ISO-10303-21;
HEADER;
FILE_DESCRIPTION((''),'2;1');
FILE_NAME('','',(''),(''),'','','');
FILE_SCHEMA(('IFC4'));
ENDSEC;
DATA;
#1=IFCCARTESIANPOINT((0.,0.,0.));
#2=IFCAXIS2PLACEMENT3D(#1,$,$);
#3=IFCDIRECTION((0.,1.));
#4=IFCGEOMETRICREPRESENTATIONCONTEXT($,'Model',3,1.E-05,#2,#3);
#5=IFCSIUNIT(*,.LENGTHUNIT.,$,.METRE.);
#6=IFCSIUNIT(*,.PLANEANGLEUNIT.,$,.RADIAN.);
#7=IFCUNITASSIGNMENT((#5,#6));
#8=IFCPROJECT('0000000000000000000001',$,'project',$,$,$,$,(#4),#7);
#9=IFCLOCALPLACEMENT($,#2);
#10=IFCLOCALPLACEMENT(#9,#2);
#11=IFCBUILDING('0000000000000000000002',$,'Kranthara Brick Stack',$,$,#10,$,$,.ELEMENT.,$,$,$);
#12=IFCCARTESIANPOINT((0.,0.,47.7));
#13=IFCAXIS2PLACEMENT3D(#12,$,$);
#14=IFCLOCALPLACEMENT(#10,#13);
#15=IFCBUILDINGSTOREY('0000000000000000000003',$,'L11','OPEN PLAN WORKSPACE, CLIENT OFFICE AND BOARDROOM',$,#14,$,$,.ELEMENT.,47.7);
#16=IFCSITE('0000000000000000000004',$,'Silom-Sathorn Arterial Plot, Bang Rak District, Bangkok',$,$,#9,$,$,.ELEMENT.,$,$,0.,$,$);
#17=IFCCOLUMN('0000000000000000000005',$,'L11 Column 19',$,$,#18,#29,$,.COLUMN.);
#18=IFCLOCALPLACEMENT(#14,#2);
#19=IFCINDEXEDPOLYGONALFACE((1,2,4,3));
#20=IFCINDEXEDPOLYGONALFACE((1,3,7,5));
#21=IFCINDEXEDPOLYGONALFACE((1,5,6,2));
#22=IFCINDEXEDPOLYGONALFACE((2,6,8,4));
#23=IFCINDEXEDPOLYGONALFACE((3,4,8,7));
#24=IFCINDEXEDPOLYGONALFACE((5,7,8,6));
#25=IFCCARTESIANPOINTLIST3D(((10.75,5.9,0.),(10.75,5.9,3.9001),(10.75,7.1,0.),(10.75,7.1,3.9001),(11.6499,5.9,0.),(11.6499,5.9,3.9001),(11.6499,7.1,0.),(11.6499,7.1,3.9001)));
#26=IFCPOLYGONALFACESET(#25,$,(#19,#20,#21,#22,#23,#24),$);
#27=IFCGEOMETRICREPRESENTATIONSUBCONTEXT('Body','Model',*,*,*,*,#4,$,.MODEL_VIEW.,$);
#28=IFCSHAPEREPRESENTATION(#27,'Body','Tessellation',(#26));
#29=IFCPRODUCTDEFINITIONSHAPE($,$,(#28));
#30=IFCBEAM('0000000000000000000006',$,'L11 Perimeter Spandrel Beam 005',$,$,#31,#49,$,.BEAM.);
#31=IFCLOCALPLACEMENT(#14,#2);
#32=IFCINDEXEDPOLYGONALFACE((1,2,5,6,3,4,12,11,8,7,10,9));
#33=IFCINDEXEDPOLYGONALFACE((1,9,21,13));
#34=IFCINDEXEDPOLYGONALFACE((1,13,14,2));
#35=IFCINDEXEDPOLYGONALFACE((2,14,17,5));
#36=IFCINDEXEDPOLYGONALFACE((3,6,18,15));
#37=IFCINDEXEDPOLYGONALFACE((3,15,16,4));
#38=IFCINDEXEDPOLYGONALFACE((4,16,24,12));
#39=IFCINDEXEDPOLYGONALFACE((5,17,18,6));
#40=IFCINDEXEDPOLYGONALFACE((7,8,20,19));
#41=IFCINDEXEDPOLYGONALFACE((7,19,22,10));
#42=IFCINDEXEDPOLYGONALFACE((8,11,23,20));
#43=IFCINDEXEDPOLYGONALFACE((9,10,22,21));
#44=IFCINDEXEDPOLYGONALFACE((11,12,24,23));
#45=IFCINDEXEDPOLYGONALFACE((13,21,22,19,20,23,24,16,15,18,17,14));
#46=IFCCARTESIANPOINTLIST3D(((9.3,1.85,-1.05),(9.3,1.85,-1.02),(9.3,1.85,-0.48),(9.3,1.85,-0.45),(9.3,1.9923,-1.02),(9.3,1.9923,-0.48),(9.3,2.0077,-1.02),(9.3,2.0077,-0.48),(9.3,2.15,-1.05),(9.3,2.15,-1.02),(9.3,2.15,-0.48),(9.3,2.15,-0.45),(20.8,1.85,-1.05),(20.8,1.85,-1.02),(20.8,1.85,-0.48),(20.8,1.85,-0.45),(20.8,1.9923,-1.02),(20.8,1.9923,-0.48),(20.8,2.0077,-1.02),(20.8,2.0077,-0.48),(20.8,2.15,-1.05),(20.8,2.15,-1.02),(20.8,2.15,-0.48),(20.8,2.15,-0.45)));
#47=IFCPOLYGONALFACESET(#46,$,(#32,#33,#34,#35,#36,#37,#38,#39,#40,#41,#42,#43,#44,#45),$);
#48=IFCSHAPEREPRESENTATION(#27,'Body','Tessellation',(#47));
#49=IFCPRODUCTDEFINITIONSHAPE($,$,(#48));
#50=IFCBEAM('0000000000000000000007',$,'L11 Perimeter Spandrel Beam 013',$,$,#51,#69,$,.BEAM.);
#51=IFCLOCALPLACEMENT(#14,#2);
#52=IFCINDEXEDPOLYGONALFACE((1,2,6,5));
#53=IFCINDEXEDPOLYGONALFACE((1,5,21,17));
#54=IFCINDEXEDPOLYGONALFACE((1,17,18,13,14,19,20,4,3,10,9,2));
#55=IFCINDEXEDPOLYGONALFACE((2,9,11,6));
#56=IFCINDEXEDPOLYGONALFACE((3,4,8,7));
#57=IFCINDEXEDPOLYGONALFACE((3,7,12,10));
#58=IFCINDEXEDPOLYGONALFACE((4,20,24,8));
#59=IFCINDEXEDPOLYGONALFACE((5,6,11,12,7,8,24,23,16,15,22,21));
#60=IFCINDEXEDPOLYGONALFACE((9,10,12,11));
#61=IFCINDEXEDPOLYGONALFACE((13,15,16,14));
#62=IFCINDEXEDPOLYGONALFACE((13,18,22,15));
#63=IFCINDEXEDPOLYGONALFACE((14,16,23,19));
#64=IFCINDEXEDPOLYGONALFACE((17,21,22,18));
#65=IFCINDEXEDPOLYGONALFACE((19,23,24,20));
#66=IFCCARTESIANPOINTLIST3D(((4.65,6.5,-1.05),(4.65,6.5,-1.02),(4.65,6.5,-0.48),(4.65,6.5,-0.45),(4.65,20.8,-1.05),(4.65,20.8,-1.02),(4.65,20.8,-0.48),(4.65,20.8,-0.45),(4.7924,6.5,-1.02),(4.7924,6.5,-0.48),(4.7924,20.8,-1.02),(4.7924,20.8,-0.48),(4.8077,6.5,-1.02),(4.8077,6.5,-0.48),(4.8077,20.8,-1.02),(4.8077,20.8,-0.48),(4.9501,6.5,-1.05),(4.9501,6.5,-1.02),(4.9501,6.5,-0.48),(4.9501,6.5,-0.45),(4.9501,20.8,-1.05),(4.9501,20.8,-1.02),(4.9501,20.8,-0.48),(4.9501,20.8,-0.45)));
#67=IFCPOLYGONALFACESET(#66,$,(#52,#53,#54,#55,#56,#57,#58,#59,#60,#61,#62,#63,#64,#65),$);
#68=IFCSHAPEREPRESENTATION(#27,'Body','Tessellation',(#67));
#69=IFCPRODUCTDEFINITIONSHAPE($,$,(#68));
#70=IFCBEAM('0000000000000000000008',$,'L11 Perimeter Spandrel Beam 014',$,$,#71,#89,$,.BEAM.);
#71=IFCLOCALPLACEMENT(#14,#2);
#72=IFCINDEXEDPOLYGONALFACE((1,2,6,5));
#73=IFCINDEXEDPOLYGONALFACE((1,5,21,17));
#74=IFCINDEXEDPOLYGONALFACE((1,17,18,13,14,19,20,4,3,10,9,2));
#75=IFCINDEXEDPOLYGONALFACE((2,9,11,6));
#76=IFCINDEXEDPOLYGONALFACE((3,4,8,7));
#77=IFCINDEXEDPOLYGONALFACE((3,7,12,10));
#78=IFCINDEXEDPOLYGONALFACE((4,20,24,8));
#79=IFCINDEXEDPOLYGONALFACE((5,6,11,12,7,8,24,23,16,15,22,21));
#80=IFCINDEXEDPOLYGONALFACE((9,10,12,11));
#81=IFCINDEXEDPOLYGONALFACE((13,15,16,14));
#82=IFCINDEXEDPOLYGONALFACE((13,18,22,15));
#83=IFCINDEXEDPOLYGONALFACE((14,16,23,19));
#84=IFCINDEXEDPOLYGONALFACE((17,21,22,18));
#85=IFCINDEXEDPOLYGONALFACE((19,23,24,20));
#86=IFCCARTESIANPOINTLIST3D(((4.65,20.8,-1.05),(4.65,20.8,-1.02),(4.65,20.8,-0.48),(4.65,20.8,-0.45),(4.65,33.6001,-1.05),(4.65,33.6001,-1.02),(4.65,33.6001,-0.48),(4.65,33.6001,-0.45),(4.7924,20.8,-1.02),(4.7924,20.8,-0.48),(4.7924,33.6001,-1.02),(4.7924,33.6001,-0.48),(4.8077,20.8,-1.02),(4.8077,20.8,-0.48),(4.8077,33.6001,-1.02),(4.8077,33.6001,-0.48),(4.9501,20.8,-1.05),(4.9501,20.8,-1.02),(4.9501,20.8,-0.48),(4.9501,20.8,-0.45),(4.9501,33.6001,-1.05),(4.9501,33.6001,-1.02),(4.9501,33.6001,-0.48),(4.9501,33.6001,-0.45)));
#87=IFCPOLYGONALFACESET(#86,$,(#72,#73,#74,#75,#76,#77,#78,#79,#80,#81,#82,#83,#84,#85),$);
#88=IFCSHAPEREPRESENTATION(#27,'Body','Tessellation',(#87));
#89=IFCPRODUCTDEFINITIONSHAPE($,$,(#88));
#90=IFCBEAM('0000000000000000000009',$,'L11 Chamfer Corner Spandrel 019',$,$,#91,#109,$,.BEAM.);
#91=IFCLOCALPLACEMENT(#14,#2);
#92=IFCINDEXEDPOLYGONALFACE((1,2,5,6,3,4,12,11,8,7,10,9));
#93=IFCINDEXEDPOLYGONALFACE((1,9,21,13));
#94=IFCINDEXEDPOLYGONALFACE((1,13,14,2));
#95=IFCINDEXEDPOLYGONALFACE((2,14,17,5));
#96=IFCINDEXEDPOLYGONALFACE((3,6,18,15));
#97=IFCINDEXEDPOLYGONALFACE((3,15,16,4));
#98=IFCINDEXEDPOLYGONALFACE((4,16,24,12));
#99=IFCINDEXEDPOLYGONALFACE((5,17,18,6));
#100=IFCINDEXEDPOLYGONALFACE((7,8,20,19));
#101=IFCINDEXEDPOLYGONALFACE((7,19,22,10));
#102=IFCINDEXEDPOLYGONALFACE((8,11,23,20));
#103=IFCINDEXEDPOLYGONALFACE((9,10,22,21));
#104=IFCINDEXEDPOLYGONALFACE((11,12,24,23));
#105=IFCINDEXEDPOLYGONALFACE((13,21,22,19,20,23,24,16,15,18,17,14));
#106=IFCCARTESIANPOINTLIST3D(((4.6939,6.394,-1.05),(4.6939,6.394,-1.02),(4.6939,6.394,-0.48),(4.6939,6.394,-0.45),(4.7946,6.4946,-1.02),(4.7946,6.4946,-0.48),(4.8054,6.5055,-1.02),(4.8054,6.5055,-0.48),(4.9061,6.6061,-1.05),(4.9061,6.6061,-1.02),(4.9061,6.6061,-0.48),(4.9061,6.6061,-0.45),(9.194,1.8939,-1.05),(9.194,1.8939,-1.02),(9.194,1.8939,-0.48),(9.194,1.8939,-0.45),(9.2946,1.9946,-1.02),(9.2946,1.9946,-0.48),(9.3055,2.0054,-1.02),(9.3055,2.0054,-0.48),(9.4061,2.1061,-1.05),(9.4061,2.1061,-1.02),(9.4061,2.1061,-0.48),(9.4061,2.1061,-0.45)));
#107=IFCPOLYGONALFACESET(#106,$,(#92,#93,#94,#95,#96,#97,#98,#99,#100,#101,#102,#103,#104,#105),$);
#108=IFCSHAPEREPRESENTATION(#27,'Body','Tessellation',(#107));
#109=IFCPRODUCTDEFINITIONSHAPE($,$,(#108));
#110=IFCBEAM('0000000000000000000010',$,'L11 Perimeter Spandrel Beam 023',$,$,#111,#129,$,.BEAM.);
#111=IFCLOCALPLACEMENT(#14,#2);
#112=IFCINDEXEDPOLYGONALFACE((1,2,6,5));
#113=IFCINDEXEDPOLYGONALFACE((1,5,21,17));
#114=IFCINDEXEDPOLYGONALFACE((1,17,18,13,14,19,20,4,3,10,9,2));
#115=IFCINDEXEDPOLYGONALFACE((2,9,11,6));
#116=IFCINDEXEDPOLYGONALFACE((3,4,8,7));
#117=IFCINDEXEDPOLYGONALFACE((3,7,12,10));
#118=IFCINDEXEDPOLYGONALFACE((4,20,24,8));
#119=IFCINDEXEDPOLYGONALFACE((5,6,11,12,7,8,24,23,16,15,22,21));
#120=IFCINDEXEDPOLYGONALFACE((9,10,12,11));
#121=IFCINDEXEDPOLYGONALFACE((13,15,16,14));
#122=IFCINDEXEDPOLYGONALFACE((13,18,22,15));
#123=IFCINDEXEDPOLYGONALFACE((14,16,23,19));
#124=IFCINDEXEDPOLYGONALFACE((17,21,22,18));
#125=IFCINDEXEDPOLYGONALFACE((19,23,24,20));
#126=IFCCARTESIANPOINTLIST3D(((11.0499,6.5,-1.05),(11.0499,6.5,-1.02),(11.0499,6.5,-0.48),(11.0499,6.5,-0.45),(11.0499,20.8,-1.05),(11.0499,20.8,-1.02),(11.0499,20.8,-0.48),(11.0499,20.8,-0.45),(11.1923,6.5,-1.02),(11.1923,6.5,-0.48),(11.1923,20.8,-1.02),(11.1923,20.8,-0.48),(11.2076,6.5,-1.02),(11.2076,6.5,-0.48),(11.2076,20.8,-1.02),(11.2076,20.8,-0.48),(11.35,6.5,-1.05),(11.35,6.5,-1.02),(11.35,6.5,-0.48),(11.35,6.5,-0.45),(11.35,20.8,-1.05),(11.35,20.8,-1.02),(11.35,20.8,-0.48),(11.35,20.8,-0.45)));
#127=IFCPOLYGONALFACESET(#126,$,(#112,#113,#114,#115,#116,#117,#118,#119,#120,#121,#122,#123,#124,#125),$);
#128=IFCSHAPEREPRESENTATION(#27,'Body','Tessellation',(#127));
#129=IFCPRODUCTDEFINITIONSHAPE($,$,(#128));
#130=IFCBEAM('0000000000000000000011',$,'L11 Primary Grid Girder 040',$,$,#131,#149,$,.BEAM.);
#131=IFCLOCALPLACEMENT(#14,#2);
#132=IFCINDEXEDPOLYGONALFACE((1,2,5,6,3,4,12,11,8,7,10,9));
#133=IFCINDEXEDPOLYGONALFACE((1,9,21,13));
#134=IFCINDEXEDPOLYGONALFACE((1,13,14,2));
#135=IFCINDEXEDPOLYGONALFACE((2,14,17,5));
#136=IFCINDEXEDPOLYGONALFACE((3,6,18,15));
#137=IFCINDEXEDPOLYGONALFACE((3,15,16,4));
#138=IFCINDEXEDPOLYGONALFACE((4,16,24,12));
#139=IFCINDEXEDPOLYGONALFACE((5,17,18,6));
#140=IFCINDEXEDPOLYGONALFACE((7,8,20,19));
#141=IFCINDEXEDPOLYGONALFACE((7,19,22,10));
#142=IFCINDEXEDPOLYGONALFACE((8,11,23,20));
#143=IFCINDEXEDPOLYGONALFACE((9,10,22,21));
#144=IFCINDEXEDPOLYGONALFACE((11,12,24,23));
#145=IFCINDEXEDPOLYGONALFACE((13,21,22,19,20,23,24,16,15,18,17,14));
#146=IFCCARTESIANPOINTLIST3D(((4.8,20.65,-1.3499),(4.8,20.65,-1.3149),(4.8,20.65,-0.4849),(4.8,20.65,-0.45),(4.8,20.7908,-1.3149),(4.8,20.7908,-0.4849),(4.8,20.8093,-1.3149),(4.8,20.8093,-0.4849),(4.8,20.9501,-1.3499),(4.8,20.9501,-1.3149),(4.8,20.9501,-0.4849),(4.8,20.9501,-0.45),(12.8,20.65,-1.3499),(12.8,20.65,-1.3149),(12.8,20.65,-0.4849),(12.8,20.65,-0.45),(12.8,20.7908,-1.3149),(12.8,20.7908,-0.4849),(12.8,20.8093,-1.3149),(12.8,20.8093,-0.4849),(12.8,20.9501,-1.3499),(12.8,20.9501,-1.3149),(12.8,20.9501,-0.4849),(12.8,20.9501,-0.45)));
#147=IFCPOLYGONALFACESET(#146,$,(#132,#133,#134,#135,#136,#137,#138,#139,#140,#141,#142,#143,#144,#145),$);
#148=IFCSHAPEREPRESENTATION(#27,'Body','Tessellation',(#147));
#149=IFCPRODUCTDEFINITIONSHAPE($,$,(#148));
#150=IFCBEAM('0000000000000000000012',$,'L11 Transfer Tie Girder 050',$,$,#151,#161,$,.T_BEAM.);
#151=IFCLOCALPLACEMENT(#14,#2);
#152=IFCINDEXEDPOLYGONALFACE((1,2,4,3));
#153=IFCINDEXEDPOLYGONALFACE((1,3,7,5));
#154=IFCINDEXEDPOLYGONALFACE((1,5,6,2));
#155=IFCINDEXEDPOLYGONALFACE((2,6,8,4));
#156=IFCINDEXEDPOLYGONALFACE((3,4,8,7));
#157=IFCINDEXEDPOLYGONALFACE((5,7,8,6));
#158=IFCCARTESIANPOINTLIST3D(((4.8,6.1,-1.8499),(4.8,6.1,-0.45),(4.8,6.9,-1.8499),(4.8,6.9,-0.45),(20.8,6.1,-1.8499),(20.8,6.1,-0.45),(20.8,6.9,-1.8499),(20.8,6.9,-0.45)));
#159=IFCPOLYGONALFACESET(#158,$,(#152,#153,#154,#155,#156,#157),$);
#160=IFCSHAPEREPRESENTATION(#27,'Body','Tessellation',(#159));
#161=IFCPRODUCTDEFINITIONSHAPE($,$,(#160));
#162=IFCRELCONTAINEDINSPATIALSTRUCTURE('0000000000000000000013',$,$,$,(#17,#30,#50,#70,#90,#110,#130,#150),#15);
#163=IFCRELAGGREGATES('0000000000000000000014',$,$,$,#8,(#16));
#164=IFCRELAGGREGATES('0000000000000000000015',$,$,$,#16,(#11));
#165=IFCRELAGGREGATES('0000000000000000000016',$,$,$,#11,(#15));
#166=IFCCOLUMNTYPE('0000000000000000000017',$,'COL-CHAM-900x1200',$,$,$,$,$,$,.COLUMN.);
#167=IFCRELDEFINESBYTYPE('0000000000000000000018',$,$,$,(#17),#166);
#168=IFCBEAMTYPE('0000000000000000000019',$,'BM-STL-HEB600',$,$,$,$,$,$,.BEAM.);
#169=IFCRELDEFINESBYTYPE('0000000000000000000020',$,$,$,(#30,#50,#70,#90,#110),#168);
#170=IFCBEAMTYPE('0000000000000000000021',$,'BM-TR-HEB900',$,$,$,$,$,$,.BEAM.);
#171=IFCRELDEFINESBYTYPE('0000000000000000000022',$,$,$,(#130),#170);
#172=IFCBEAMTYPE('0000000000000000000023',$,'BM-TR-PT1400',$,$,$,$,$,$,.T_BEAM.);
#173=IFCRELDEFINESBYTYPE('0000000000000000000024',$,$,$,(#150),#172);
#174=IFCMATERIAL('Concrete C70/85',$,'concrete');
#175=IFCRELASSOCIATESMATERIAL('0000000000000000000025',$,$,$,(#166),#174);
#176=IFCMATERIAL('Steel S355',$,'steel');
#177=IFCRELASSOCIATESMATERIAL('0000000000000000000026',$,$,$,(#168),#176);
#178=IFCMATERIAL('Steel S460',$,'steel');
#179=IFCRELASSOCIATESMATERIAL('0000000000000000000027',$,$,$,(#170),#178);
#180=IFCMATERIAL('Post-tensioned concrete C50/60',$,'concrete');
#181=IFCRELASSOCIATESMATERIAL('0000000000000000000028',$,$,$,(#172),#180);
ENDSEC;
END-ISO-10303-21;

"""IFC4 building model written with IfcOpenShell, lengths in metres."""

from ifc_helpers import new_model, si_unit, direction, frame, origin, origin_2d, place, context, subcontext, project, spatial, rectangle, i_section, extrude, material, material_profile, profile_set, type_object, element, save


model = new_model("IFC4")

# Units and contexts
model_context = context("Model", 3, precision=1e-05, world=origin(), true_north=direction((0.0, 1.0)))
body_context = subcontext(model_context, "Body", "Model", "MODEL_VIEW")
ifc_project = project(units=[si_unit("LENGTHUNIT", "METRE"), si_unit("PLANEANGLEUNIT", "RADIAN")], contexts=[model_context])

# Site, building, storey
site_placement = place(None, origin())
site = spatial("IfcSite", under=ifc_project, at=site_placement, Name="Silom-Sathorn Arterial Plot, Bang Rak District, Bangkok", CompositionType="ELEMENT", RefElevation=0.0)
building_placement = place(site_placement, origin())
building = spatial("IfcBuilding", under=site, at=building_placement, Name="Kranthara Brick Stack", CompositionType="ELEMENT")
storey_placement = place(building_placement, frame((0.0, 0.0, 47.7)))
storey = spatial("IfcBuildingStorey", under=building, at=storey_placement, Name="L11", Description="OPEN PLAN WORKSPACE, CLIENT OFFICE AND BOARDROOM", CompositionType="ELEMENT", Elevation=47.7)

# Column
ifc_material_1 = material(Name="Concrete C70/85", Category="concrete")
ifc_material_profile_1 = material_profile(ifc_material_1, rectangle(XDim=0.8999, YDim=1.2, at=origin_2d()), Name="RC 900x1200")
ifc_profile_set_1 = profile_set([ifc_material_profile_1], Name="Concrete C70/85")
column_type = type_object("IfcColumnType", Name="COL-CHAM-900x1200", PredefinedType="COLUMN", material=ifc_profile_set_1)
column_placement = place(storey_placement, frame((11.2, 6.5, 0.0), z_axis=(0.0, 0.0, 1.0), x_axis=(1.0, 0.0, 0.0)))
element("IfcColumn", 1, at=column_placement, inside=storey, type_object=column_type, Name="L11 Column 19", PredefinedType="COLUMN", context=body_context, shape_type="SweptSolid", body=[
    extrude(rectangle(XDim=0.8999, YDim=1.2, at=origin_2d()), origin(), (0.0, 0.0, 1.0), 3.9001),
])

# Beams
ifc_material_2 = material(Name="Steel S355", Category="steel")
ifc_material_profile_2 = material_profile(ifc_material_2, i_section(OverallWidth=0.3, OverallDepth=0.6001, WebThickness=0.0154, FlangeThickness=0.03, at=origin_2d()), Name="HEB 600")
ifc_profile_set_2 = profile_set([ifc_material_profile_2], Name="Steel S355")
beam_type_1 = type_object("IfcBeamType", Name="BM-STL-HEB600", PredefinedType="BEAM", material=ifc_profile_set_2)
beam_1_placement = place(storey_placement, frame((9.3, 2.0, -0.75), z_axis=(1.0, 0.0, 0.0), x_axis=(0.0, 1.0, 0.0)))
element("IfcBeam", 2, at=beam_1_placement, inside=storey, type_object=beam_type_1, Name="L11 Perimeter Spandrel Beam 005", PredefinedType="BEAM", context=body_context, shape_type="SweptSolid", body=[
    extrude(i_section(OverallWidth=0.3, OverallDepth=0.6001, WebThickness=0.0154, FlangeThickness=0.03, at=origin_2d()), origin(), (0.0, 0.0, 1.0), 11.5),
])
beam_2_placement = place(storey_placement, frame((4.8, 6.5, -0.75), z_axis=(0.0, 1.0, 0.0), x_axis=(-1.0, 0.0, 0.0)))
element("IfcBeam", 3, at=beam_2_placement, inside=storey, type_object=beam_type_1, Name="L11 Perimeter Spandrel Beam 013", PredefinedType="BEAM", context=body_context, shape_type="SweptSolid", body=[
    extrude(i_section(OverallWidth=0.3, OverallDepth=0.6001, WebThickness=0.0154, FlangeThickness=0.03, at=origin_2d()), origin(), (0.0, 0.0, 1.0), 14.3),
])
beam_3_placement = place(storey_placement, frame((4.8, 20.8, -0.75), z_axis=(0.0, 1.0, 0.0), x_axis=(-1.0, 0.0, 0.0)))
element("IfcBeam", 4, at=beam_3_placement, inside=storey, type_object=beam_type_1, Name="L11 Perimeter Spandrel Beam 014", PredefinedType="BEAM", context=body_context, shape_type="SweptSolid", body=[
    extrude(i_section(OverallWidth=0.3, OverallDepth=0.6001, WebThickness=0.0154, FlangeThickness=0.03, at=origin_2d()), origin(), (0.0, 0.0, 1.0), 12.8),
])
beam_4_placement = place(storey_placement, frame((9.3, 2.0, -0.75), z_axis=(-0.707107, 0.707107, 0.0), x_axis=(-0.707107, -0.707107, 0.0)))
element("IfcBeam", 5, at=beam_4_placement, inside=storey, type_object=beam_type_1, Name="L11 Chamfer Corner Spandrel 019", PredefinedType="BEAM", context=body_context, shape_type="SweptSolid", body=[
    extrude(i_section(OverallWidth=0.3, OverallDepth=0.6001, WebThickness=0.0154, FlangeThickness=0.03, at=origin_2d()), origin(), (0.0, 0.0, 1.0), 6.364),
])
beam_5_placement = place(storey_placement, frame((11.2, 6.5, -0.75), z_axis=(0.0, 1.0, 0.0), x_axis=(-1.0, 0.0, 0.0)))
element("IfcBeam", 6, at=beam_5_placement, inside=storey, type_object=beam_type_1, Name="L11 Perimeter Spandrel Beam 023", PredefinedType="BEAM", context=body_context, shape_type="SweptSolid", body=[
    extrude(i_section(OverallWidth=0.3, OverallDepth=0.6001, WebThickness=0.0154, FlangeThickness=0.03, at=origin_2d()), origin(), (0.0, 0.0, 1.0), 14.3),
])
ifc_material_3 = material(Name="Steel S460", Category="steel")
ifc_material_profile_3 = material_profile(ifc_material_3, i_section(OverallWidth=0.3, OverallDepth=0.8999, WebThickness=0.0186, FlangeThickness=0.0349, at=origin_2d()), Name="HEB 900")
ifc_profile_set_3 = profile_set([ifc_material_profile_3], Name="Steel S460")
beam_type_2 = type_object("IfcBeamType", Name="BM-TR-HEB900", PredefinedType="BEAM", material=ifc_profile_set_3)
beam_6_placement = place(storey_placement, frame((4.8, 20.8, -0.8999), z_axis=(1.0, 0.0, 0.0), x_axis=(0.0, 1.0, 0.0)))
element("IfcBeam", 7, at=beam_6_placement, inside=storey, type_object=beam_type_2, Name="L11 Primary Grid Girder 040", PredefinedType="BEAM", context=body_context, shape_type="SweptSolid", body=[
    extrude(i_section(OverallWidth=0.3, OverallDepth=0.8999, WebThickness=0.0186, FlangeThickness=0.0349, at=origin_2d()), origin(), (0.0, 0.0, 1.0), 8.0),
])
ifc_material_4 = material(Name="Post-tensioned concrete C50/60", Category="concrete")
ifc_material_profile_4 = material_profile(ifc_material_4, rectangle(XDim=0.8, YDim=1.3999, at=origin_2d()), Name="PT 800x1400")
ifc_profile_set_4 = profile_set([ifc_material_profile_4], Name="Post-tensioned concrete C50/60")
beam_type_3 = type_object("IfcBeamType", Name="BM-TR-PT1400", PredefinedType="T_BEAM", material=ifc_profile_set_4)
beam_7_placement = place(storey_placement, frame((4.8, 6.5, -1.1499), z_axis=(1.0, 0.0, 0.0), x_axis=(0.0, 1.0, 0.0)))
element("IfcBeam", 8, at=beam_7_placement, inside=storey, type_object=beam_type_3, Name="L11 Transfer Tie Girder 050", PredefinedType="T_BEAM", context=body_context, shape_type="SweptSolid", body=[
    extrude(rectangle(XDim=0.8, YDim=1.3999, at=origin_2d()), origin(), (0.0, 0.0, 1.0), 16.0),
])

save(model, "model.ifc")
